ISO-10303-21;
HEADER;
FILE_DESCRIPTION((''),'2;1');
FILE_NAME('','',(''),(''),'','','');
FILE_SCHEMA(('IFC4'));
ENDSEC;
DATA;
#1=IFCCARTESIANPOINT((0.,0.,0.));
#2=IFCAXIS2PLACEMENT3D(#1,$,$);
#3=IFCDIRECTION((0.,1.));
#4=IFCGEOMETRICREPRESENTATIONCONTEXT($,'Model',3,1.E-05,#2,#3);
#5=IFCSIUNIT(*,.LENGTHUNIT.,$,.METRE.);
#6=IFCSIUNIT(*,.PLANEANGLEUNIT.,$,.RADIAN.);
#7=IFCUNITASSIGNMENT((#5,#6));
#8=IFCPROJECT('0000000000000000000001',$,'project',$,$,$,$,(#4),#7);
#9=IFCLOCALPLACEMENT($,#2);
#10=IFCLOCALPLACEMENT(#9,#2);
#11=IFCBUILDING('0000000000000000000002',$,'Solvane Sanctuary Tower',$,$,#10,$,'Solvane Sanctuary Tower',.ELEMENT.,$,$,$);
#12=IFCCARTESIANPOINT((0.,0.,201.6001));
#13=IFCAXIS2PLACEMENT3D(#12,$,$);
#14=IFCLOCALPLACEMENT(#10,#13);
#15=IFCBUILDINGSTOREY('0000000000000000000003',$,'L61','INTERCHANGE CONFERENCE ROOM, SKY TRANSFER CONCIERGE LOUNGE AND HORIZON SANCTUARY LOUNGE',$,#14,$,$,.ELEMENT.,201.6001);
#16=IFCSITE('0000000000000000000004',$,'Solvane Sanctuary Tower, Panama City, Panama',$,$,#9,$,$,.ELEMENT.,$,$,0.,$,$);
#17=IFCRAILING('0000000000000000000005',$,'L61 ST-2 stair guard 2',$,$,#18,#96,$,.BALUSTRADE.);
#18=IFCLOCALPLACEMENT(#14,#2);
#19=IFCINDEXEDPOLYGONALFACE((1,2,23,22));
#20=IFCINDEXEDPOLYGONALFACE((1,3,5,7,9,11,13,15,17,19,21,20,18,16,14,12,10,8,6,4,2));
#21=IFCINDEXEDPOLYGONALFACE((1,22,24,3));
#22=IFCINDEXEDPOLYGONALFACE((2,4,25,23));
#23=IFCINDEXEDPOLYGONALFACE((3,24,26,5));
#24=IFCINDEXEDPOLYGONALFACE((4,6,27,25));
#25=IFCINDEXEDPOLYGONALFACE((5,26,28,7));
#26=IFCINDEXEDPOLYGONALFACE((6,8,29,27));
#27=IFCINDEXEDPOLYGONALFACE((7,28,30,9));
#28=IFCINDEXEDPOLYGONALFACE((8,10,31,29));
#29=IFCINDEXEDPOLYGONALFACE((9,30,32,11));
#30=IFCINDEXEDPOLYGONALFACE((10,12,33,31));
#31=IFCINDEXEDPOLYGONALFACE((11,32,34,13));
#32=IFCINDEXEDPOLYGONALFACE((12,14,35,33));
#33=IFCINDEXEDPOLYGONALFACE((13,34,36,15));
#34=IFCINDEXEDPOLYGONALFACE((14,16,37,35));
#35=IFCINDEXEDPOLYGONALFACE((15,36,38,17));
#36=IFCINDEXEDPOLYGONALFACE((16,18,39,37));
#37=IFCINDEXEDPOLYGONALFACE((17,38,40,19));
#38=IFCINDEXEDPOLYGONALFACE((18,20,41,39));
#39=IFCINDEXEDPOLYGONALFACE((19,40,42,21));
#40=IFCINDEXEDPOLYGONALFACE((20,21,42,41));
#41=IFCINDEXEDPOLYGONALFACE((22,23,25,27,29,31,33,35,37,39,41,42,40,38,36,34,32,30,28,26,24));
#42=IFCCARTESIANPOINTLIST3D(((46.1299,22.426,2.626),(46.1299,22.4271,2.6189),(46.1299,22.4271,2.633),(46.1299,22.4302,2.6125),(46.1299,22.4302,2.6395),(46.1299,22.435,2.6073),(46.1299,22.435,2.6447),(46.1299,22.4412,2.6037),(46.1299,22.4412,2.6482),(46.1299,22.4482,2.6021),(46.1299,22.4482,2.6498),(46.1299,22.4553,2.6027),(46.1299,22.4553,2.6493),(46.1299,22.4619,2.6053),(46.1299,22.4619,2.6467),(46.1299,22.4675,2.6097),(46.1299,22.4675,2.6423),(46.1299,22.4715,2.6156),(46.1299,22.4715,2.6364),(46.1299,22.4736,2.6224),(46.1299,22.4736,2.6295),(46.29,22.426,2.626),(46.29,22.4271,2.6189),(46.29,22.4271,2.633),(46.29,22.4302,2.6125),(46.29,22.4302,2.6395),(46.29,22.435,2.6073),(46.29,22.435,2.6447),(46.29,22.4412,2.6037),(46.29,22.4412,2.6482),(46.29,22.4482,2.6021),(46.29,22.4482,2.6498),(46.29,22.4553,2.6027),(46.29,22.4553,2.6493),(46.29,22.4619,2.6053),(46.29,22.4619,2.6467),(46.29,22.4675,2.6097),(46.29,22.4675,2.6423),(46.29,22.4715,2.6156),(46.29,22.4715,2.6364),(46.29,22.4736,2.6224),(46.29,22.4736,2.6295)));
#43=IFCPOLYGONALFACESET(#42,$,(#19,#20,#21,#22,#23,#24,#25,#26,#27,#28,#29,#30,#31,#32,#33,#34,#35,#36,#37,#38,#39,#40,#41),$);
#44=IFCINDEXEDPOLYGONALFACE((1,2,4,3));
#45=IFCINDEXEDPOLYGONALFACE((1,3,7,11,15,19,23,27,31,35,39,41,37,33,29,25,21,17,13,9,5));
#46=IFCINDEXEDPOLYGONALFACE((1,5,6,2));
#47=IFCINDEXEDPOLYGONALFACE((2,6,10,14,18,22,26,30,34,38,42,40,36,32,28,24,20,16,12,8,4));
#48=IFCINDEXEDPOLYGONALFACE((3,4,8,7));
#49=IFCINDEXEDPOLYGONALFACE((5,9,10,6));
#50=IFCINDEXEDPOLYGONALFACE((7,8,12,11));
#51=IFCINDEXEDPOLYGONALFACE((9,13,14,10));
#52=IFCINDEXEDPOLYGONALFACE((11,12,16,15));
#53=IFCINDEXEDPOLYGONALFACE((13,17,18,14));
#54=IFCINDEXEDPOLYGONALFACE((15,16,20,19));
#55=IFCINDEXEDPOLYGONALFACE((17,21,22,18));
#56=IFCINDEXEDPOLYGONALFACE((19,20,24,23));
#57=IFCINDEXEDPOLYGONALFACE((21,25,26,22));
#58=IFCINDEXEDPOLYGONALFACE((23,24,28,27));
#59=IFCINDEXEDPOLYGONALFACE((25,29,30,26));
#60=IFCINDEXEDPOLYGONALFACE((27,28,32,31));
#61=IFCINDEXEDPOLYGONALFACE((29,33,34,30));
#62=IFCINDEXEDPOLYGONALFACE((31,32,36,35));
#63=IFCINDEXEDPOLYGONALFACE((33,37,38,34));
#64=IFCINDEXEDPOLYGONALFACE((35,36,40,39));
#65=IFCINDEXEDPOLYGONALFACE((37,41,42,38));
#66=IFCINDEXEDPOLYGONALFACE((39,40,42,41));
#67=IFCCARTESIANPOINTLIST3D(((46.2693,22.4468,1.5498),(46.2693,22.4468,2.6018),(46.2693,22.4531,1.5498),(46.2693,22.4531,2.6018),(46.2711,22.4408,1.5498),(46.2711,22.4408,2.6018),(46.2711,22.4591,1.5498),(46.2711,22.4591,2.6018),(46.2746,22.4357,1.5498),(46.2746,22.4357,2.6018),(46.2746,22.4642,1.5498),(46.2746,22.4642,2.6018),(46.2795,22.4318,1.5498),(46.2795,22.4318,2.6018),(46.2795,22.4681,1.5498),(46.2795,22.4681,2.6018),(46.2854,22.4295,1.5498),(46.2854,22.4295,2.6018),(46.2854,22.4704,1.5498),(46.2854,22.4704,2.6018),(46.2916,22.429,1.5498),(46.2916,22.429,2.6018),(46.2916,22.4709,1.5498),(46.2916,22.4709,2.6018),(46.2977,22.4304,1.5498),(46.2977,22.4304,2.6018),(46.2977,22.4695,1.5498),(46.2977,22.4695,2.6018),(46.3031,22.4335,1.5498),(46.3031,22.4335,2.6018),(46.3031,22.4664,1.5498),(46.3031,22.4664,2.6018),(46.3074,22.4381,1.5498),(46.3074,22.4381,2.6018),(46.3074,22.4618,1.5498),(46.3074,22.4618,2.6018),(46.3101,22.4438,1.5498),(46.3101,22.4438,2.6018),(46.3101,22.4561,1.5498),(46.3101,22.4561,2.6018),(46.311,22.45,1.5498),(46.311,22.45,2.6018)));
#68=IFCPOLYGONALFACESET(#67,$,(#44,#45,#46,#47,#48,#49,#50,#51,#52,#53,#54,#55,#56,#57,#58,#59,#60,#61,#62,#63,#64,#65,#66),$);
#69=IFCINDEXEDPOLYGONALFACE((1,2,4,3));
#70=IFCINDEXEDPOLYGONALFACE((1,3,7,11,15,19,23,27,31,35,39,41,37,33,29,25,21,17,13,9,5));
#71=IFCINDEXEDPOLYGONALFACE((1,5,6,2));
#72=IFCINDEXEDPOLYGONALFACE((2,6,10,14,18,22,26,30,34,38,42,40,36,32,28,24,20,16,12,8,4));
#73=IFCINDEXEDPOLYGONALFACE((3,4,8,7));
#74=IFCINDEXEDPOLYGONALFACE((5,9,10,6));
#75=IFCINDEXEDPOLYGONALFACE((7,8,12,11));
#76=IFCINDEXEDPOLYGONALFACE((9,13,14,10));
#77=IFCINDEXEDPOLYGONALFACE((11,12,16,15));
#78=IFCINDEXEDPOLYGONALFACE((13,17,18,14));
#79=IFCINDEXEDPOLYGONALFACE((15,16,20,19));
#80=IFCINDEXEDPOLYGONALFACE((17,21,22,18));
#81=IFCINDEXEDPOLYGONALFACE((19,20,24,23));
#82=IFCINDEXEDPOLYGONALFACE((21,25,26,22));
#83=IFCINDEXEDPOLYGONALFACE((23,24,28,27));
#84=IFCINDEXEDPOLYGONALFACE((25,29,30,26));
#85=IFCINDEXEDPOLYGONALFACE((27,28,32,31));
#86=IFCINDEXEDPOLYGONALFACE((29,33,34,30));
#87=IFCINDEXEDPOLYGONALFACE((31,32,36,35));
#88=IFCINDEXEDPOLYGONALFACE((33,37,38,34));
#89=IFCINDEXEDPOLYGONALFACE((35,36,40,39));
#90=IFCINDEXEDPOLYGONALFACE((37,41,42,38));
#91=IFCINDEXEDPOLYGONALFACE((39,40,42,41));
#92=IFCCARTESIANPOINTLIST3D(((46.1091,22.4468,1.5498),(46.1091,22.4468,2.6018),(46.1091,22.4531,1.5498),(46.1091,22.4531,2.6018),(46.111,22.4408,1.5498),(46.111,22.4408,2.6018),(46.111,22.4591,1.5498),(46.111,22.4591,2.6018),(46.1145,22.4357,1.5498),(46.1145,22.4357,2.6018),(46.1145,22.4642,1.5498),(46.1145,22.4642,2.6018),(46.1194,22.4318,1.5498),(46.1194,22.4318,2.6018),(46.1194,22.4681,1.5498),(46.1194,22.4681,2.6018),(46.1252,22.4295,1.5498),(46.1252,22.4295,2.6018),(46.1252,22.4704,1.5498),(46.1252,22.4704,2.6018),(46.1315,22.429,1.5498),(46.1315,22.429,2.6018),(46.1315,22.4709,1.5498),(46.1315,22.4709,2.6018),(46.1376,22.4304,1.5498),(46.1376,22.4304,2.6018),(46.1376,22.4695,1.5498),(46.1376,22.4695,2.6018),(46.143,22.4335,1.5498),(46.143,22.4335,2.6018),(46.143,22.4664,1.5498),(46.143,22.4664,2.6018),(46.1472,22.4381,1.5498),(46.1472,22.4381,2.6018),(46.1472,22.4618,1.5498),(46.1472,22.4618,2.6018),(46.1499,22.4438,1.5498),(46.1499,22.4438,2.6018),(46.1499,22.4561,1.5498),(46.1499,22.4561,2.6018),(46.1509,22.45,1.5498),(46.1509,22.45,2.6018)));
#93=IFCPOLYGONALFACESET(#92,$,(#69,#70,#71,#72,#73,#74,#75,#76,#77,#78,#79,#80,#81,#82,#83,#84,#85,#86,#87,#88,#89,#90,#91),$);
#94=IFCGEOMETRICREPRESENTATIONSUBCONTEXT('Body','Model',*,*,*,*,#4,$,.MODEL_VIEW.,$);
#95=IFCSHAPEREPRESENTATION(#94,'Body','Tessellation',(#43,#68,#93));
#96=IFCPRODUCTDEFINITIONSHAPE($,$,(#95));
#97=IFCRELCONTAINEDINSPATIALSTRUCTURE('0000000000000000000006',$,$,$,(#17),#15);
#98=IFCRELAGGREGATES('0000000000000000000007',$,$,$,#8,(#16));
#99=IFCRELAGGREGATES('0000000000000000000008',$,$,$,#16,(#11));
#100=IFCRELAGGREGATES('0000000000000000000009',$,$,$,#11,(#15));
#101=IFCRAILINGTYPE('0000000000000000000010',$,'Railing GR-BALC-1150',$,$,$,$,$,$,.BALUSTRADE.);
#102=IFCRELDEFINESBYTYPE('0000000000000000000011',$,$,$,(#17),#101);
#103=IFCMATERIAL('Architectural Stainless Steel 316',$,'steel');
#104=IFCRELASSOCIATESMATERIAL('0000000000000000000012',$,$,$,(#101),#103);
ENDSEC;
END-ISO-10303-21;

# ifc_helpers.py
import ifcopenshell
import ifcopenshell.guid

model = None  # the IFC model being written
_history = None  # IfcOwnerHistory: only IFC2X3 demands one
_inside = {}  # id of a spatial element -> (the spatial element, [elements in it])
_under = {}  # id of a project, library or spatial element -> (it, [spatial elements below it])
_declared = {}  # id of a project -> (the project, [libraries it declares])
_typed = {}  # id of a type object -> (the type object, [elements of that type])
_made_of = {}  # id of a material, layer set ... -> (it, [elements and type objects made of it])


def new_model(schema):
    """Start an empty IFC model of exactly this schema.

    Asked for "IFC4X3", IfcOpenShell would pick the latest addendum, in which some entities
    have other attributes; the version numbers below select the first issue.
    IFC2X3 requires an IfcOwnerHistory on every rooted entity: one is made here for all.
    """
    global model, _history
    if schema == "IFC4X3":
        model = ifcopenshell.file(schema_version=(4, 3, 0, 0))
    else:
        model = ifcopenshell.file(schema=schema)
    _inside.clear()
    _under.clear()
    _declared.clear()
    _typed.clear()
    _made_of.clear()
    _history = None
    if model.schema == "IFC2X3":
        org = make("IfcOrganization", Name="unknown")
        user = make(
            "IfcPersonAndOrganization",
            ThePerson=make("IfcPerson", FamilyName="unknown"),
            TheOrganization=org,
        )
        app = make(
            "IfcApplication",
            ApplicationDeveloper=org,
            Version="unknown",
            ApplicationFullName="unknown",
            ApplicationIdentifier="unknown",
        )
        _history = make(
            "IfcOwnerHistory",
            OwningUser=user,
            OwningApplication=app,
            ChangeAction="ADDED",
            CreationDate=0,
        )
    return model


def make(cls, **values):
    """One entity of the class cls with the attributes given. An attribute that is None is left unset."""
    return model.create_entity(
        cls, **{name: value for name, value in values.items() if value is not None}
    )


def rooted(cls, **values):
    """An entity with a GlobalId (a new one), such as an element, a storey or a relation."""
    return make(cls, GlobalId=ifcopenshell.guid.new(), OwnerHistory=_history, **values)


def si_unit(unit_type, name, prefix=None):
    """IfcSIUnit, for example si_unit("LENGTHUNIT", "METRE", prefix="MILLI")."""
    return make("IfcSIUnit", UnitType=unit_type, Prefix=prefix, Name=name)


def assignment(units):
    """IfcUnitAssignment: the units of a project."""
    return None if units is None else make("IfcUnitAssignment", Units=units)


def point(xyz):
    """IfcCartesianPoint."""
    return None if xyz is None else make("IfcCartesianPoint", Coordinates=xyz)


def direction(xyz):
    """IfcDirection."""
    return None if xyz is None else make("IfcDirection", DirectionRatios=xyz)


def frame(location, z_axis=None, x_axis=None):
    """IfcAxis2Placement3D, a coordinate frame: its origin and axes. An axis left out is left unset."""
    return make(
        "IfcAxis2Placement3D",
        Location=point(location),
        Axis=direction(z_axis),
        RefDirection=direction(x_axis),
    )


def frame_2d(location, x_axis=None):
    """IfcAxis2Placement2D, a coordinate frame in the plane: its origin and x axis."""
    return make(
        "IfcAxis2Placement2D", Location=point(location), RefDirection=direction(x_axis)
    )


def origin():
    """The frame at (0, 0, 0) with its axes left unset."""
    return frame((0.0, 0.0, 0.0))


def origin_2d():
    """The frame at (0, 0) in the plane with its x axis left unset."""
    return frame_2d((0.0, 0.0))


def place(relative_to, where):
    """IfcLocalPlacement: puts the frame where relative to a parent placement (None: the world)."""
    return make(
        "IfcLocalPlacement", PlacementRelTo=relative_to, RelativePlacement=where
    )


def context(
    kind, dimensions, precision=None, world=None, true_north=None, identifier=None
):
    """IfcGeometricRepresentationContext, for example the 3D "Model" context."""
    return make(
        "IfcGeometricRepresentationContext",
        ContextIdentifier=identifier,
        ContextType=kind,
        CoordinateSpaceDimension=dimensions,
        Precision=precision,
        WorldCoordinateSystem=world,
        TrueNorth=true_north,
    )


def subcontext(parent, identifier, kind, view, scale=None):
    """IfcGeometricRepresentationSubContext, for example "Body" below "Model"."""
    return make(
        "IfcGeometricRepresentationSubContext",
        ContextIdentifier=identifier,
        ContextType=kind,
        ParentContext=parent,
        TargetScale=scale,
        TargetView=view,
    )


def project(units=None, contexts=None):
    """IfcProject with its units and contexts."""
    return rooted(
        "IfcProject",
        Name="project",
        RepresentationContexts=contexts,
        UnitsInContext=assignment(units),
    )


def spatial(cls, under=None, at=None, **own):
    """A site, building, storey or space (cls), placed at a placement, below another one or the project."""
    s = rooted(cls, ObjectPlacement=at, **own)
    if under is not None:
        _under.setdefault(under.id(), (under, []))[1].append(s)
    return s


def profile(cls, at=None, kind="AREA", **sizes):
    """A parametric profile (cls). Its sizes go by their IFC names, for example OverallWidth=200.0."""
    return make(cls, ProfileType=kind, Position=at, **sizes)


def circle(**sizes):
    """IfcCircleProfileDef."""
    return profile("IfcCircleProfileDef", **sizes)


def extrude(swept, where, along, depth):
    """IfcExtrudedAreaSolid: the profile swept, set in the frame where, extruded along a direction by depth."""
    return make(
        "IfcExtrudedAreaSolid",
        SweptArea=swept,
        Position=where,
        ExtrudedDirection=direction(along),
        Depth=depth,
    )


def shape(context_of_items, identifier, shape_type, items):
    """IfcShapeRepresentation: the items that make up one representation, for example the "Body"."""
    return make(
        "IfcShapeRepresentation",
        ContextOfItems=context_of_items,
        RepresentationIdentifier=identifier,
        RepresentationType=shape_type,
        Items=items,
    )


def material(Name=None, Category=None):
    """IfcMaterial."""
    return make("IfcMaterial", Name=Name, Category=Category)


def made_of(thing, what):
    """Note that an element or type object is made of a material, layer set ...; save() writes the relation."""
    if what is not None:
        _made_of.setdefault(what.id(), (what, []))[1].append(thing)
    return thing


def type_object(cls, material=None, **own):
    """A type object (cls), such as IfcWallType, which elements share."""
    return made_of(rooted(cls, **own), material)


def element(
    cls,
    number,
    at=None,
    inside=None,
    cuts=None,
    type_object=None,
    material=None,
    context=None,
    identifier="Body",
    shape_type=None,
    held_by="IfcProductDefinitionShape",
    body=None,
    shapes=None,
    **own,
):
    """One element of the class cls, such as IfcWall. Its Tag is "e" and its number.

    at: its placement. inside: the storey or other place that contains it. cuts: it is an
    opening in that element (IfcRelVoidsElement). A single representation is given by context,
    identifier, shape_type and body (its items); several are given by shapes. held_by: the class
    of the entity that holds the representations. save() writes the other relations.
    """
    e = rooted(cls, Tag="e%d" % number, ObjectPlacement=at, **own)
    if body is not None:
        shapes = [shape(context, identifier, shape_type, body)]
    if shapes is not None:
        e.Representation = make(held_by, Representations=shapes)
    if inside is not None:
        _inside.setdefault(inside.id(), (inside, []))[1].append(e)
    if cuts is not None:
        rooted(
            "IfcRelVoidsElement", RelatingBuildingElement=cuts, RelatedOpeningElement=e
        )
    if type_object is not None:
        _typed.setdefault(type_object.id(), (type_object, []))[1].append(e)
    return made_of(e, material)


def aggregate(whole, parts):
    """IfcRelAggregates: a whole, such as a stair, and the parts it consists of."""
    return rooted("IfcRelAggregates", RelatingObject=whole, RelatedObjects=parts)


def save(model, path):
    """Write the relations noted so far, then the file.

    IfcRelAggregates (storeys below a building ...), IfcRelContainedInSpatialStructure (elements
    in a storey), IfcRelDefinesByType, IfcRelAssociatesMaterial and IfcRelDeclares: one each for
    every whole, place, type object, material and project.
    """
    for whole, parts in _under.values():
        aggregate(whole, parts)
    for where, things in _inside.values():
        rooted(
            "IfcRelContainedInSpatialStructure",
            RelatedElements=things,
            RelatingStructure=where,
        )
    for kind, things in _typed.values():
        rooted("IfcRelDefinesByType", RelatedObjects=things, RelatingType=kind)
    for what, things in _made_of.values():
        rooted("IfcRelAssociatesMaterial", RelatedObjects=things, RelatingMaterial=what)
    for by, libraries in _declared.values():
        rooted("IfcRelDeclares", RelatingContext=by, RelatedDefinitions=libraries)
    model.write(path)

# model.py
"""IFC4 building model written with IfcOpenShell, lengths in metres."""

from ifc_helpers import new_model, si_unit, direction, frame, origin, origin_2d, place, context, subcontext, project, spatial, circle, extrude, material, type_object, element, save


model = new_model("IFC4")

# Units and contexts
model_context = context("Model", 3, precision=1e-05, world=origin(), true_north=direction((0.0, 1.0)))
body_context = subcontext(model_context, "Body", "Model", "MODEL_VIEW")
ifc_project = project(units=[si_unit("LENGTHUNIT", "METRE"), si_unit("PLANEANGLEUNIT", "RADIAN")], contexts=[model_context])

# Site, building, storey
site_placement = place(None, origin())
site = spatial("IfcSite", under=ifc_project, at=site_placement, Name="Solvane Sanctuary Tower, Panama City, Panama", CompositionType="ELEMENT", RefElevation=0.0)
building_placement = place(site_placement, origin())
building = spatial("IfcBuilding", under=site, at=building_placement, Name="Solvane Sanctuary Tower", LongName="Solvane Sanctuary Tower", CompositionType="ELEMENT")
storey_placement = place(building_placement, frame((0.0, 0.0, 201.6001)))
storey = spatial("IfcBuildingStorey", under=building, at=storey_placement, Name="L61", Description="INTERCHANGE CONFERENCE ROOM, SKY TRANSFER CONCIERGE LOUNGE AND HORIZON SANCTUARY LOUNGE", CompositionType="ELEMENT", Elevation=201.6001)

# Railing
ifc_material_1 = material(Name="Architectural Stainless Steel 316", Category="steel")
railing_type_1 = type_object("IfcRailingType", Name="Railing GR-BALC-1150", PredefinedType="BALUSTRADE", material=ifc_material_1)
railing_1_placement = place(storey_placement, frame((46.29, 22.45, 1.5498)))
element("IfcRailing", 1, at=railing_1_placement, inside=storey, type_object=railing_type_1, Name="L61 ST-2 stair guard 2", PredefinedType="BALUSTRADE", context=body_context, shape_type="SweptSolid", body=[
    extrude(circle(Radius=0.0239, at=origin_2d()), frame((0.0, 0.0, 1.0762), z_axis=(-1.0, 0.0, 0.0), x_axis=(0.0, -1.0, 0.0)), (0.0, 0.0, 1.0), 0.1602),
    extrude(circle(Radius=0.021, at=origin_2d()), origin(), (0.0, 0.0, 1.0), 1.052),
    extrude(circle(Radius=0.021, at=origin_2d()), frame((-0.1602, 0.0, 0.0)), (0.0, 0.0, 1.0), 1.052),
])

save(model, "model.ifc")
